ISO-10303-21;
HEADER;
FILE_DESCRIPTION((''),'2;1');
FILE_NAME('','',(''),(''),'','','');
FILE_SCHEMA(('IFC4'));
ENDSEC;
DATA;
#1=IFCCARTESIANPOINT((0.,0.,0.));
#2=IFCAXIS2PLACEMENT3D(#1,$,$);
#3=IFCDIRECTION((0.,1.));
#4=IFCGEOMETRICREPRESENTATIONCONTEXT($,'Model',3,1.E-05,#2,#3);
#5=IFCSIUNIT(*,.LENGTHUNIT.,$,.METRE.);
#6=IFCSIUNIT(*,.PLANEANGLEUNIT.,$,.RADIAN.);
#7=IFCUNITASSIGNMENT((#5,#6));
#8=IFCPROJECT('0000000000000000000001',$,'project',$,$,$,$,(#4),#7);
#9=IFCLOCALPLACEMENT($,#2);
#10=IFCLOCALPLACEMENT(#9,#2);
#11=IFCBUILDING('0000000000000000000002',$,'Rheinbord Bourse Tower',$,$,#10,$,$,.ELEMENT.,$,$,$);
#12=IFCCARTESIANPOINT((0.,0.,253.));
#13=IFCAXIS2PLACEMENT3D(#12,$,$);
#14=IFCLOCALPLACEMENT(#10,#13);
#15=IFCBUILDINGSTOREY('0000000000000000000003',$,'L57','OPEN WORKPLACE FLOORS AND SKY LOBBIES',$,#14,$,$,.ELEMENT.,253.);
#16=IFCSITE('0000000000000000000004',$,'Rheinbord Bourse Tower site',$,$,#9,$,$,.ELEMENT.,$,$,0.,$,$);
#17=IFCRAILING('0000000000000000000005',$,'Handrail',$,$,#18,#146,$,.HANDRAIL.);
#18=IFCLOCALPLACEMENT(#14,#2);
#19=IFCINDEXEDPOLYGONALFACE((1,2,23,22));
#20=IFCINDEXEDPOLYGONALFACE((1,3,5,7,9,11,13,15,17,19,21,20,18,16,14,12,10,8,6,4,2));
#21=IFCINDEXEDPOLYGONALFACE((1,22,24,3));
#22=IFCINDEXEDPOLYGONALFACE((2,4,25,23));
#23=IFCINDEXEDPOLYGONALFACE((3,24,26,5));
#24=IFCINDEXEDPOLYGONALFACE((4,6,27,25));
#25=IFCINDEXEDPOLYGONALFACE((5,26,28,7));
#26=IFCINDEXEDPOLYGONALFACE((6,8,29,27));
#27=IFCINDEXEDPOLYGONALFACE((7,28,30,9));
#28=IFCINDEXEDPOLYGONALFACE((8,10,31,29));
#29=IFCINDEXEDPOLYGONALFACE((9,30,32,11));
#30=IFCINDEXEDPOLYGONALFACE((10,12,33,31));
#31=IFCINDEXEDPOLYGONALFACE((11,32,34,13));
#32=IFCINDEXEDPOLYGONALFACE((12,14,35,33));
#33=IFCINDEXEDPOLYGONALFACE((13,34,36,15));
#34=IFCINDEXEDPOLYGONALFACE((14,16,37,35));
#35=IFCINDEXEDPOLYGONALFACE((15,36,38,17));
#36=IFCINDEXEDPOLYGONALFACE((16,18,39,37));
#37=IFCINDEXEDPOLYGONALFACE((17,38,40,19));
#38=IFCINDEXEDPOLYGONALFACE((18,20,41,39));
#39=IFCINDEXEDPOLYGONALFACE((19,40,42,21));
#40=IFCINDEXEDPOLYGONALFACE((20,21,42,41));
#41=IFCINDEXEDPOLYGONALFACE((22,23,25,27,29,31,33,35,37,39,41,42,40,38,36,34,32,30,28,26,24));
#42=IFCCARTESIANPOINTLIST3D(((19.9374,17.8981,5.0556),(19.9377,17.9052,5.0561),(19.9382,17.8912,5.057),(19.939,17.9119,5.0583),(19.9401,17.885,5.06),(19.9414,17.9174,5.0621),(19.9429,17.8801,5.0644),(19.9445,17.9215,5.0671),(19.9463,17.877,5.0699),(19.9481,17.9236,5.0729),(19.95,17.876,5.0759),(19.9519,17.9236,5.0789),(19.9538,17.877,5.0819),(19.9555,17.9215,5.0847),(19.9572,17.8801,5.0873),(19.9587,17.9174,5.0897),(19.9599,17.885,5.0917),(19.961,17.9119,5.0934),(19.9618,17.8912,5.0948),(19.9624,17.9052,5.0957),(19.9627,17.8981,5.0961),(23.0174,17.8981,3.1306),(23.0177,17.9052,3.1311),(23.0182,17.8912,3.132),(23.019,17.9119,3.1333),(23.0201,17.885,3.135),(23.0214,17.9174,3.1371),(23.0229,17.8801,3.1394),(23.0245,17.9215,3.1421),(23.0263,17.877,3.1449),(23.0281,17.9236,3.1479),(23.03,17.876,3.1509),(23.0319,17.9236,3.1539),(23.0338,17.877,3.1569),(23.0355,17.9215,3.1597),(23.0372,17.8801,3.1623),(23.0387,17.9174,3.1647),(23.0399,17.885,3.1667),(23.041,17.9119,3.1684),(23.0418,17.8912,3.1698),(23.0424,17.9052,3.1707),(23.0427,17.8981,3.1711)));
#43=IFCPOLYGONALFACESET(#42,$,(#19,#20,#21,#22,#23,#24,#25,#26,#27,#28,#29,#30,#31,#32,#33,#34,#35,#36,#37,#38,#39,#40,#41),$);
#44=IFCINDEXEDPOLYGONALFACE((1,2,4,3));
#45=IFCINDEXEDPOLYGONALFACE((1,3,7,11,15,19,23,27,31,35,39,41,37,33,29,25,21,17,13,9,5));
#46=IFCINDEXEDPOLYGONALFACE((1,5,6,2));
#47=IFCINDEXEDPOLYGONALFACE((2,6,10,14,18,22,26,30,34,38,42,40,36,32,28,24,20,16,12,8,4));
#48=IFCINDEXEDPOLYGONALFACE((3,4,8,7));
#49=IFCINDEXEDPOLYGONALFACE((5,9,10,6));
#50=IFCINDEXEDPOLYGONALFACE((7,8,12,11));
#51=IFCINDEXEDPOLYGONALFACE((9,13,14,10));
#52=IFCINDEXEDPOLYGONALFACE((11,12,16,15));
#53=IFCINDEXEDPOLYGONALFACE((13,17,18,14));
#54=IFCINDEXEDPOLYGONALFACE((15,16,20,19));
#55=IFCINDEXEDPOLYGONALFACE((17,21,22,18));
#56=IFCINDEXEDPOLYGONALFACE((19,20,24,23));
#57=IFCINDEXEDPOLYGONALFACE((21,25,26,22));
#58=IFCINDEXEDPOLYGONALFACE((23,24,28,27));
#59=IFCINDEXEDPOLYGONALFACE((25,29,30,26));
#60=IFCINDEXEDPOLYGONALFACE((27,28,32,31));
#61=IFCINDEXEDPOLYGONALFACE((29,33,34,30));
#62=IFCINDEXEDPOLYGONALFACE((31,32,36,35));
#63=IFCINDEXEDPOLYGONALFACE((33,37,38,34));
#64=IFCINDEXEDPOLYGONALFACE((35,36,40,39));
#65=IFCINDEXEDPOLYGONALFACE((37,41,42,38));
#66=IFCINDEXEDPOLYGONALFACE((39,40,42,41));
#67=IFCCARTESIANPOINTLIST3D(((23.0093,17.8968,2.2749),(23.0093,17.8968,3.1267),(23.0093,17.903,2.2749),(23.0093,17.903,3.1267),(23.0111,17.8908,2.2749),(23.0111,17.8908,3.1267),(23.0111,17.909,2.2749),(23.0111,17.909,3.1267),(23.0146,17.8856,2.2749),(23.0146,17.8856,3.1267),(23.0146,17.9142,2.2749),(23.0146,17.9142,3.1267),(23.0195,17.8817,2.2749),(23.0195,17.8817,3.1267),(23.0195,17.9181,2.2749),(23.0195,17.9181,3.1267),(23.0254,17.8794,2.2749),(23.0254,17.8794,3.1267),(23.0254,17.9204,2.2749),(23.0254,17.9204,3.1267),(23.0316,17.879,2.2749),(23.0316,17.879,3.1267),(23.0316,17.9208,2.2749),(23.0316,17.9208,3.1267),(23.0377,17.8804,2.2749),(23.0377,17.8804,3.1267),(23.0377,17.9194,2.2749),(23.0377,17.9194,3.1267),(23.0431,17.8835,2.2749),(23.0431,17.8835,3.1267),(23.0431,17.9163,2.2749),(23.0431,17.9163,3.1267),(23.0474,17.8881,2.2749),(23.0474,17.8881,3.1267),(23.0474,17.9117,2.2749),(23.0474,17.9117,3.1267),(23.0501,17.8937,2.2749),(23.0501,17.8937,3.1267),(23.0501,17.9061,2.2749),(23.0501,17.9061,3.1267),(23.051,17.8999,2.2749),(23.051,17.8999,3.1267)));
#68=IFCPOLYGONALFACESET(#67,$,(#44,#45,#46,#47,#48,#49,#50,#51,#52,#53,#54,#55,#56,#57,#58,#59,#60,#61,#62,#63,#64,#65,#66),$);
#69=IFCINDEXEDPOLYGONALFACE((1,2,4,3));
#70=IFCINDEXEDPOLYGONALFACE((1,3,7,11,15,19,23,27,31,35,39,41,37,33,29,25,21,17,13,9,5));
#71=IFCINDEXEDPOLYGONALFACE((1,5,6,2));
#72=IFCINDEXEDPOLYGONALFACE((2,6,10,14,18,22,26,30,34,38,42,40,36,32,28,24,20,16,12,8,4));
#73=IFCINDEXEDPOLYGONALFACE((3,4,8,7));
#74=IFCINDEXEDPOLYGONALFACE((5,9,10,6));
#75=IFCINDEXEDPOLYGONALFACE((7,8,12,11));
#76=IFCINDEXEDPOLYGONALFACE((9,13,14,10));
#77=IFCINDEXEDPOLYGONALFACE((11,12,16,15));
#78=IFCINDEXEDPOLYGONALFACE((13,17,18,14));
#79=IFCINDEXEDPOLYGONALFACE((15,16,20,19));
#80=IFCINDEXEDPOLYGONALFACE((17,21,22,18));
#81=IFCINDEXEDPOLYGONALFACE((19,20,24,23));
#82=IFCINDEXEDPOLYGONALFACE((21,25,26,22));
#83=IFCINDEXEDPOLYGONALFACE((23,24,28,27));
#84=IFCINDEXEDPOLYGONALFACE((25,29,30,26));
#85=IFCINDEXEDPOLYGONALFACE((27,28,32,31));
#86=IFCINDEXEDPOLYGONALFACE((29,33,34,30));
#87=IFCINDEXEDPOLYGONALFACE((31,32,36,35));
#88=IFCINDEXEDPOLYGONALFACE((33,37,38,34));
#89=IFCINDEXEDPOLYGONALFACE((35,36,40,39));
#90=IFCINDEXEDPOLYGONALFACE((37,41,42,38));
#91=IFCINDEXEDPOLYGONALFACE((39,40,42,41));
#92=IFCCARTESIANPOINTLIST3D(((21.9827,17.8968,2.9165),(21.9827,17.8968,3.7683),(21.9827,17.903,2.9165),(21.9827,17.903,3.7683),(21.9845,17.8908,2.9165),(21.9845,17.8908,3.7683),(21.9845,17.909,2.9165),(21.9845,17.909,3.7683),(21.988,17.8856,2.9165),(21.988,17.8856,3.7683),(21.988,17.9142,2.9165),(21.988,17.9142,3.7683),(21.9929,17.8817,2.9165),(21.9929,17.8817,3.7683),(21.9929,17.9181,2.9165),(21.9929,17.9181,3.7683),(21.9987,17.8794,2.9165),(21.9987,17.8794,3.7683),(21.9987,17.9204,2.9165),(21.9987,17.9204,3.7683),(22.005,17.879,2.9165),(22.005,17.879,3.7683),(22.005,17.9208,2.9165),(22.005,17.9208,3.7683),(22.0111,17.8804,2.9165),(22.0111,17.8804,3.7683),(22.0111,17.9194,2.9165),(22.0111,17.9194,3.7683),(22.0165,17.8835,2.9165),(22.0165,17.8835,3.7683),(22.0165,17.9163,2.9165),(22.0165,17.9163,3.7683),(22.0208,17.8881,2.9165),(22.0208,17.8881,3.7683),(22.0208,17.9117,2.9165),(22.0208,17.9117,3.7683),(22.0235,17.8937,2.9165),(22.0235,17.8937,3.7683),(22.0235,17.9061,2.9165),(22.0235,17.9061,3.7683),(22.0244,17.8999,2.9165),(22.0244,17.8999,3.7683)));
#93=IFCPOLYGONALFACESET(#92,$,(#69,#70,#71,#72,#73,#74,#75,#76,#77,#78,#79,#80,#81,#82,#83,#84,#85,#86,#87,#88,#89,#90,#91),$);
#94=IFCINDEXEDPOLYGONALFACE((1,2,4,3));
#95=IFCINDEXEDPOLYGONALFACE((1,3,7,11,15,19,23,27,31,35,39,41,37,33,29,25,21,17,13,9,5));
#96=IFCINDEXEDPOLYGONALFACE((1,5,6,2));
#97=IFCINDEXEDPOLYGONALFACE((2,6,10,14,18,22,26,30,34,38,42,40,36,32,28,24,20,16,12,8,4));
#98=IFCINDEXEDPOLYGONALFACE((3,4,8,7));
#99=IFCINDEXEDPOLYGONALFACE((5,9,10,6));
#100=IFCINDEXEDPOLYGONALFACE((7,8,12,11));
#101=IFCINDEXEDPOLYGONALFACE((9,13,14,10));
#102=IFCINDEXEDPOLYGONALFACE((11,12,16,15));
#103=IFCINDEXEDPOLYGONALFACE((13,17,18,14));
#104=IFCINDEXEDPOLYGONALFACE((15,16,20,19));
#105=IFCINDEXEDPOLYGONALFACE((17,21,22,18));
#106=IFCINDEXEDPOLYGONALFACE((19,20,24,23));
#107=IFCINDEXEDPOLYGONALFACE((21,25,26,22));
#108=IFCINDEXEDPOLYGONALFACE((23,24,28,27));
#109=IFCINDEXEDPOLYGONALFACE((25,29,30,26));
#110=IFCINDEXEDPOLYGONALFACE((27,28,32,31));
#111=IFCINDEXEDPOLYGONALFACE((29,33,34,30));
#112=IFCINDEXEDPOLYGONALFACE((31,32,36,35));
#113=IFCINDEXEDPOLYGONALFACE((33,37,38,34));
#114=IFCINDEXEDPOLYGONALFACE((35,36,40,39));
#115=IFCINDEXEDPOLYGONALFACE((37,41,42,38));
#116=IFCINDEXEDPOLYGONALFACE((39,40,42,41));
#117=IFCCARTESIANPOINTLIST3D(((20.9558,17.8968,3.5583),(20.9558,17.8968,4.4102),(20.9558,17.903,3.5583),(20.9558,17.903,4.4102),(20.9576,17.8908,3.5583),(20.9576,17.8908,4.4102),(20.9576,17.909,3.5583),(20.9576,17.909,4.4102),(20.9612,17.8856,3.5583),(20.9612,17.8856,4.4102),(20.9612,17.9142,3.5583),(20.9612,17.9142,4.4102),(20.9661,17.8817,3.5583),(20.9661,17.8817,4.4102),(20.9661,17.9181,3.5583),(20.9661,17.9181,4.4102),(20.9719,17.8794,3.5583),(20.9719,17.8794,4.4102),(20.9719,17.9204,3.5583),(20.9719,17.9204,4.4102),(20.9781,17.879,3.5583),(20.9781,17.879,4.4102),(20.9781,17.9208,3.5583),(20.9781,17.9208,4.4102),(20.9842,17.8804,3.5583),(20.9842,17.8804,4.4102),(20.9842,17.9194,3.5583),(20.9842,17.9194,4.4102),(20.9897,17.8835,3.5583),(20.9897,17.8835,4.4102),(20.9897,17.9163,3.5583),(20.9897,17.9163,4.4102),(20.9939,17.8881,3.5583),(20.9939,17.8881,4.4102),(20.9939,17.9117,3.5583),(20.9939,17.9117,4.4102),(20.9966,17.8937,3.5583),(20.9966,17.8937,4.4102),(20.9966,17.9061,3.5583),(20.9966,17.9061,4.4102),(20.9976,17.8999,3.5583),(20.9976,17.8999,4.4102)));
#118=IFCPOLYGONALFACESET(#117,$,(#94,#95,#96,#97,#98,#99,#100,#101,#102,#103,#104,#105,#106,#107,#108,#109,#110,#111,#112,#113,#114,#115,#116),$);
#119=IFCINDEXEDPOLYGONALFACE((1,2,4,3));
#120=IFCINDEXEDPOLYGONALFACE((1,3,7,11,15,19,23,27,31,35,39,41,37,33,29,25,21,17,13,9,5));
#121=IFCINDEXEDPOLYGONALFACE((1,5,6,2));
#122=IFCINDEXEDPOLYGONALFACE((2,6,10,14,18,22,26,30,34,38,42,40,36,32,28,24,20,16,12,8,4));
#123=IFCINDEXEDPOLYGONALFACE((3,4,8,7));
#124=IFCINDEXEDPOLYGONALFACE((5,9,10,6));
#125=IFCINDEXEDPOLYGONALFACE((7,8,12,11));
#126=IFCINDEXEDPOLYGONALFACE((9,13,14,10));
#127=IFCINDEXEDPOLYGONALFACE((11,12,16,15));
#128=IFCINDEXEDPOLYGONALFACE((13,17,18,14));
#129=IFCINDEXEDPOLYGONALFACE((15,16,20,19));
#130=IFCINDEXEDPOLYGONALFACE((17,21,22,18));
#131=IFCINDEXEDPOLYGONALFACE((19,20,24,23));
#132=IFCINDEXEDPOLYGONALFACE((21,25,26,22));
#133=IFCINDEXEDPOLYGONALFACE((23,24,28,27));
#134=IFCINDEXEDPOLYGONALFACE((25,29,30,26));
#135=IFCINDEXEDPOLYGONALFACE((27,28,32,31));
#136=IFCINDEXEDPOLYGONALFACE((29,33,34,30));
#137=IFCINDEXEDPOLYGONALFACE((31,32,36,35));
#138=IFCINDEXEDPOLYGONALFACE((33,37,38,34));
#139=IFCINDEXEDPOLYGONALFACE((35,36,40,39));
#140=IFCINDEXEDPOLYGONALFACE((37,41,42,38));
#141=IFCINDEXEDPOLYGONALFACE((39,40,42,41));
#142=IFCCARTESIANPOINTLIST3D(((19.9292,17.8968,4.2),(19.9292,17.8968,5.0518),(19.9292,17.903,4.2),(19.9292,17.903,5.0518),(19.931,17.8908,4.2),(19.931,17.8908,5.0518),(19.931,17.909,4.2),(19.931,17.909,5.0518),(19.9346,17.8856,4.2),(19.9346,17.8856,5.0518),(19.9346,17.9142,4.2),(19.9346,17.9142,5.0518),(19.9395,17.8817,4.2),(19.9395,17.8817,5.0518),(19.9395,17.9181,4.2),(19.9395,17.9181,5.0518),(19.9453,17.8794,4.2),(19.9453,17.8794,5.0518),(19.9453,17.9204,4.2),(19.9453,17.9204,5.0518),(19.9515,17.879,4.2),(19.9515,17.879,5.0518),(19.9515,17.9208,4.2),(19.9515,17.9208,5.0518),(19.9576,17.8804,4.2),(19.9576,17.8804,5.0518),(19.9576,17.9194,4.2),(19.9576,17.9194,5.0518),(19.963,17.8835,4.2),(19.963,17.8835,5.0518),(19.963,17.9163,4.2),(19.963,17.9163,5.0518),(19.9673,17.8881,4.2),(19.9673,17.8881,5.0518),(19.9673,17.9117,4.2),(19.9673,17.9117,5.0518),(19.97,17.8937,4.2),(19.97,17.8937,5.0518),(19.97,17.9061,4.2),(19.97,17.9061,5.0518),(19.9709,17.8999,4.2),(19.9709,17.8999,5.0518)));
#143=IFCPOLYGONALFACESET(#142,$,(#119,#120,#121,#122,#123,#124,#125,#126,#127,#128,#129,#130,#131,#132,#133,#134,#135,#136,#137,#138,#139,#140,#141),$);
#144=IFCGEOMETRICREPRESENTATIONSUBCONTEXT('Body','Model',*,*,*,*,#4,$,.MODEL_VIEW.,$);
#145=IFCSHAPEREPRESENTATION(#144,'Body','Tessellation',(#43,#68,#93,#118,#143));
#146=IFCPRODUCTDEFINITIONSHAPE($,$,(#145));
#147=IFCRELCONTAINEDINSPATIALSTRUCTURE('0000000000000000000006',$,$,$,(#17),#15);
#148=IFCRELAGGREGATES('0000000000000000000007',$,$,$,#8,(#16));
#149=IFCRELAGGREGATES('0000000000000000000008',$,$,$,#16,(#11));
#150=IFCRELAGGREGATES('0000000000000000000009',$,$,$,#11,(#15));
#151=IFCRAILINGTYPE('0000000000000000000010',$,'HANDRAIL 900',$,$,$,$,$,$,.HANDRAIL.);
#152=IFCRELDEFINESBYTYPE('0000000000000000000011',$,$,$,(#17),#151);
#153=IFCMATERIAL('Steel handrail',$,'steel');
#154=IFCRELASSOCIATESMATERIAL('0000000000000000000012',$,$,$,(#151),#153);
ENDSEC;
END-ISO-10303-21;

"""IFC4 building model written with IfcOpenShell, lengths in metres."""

from ifc_helpers import new_model, si_unit, direction, frame, origin, origin_2d, place, context, subcontext, project, spatial, circle, extrude, material, type_object, element, save


model = new_model("IFC4")

# Units and contexts
model_context = context("Model", 3, precision=1e-05, world=origin(), true_north=direction((0.0, 1.0)))
body_context = subcontext(model_context, "Body", "Model", "MODEL_VIEW")
ifc_project = project(units=[si_unit("LENGTHUNIT", "METRE"), si_unit("PLANEANGLEUNIT", "RADIAN")], contexts=[model_context])

# Site, building, storey
site_placement = place(None, origin())
site = spatial("IfcSite", under=ifc_project, at=site_placement, Name="Rheinbord Bourse Tower site", CompositionType="ELEMENT", RefElevation=0.0)
building_placement = place(site_placement, origin())
building = spatial("IfcBuilding", under=site, at=building_placement, Name="Rheinbord Bourse Tower", CompositionType="ELEMENT")
storey_placement = place(building_placement, frame((0.0, 0.0, 253.0)))
storey = spatial("IfcBuildingStorey", under=building, at=storey_placement, Name="L57", Description="OPEN WORKPLACE FLOORS AND SKY LOBBIES", CompositionType="ELEMENT", Elevation=253.0)

# Railing
ifc_material_1 = material(Name="Steel handrail", Category="steel")
railing_type = type_object("IfcRailingType", Name="HANDRAIL 900", PredefinedType="HANDRAIL", material=ifc_material_1)
railing_1_placement = place(storey_placement, frame((23.03, 17.8999, 2.2749)))
element("IfcRailing", 1, at=railing_1_placement, inside=storey, type_object=railing_type, Name="Handrail", PredefinedType="HANDRAIL", context=body_context, shape_type="SweptSolid", body=[
    extrude(circle(Radius=0.0239, at=origin_2d()), frame((0.0, 0.0, 0.876), z_axis=(-0.847998, 0.0, 0.529999), x_axis=(0.0, -1.0, 0.0)), (0.0, 0.0, 1.0), 3.6321),
    extrude(circle(Radius=0.021, at=origin_2d()), origin(), (0.0, 0.0, 1.0), 0.8518),
    extrude(circle(Radius=0.021, at=origin_2d()), frame((-1.0266, 0.0, 0.6416)), (0.0, 0.0, 1.0), 0.8518),
    extrude(circle(Radius=0.021, at=origin_2d()), frame((-2.0535, 0.0, 1.2834)), (0.0, 0.0, 1.0), 0.8518),
    extrude(circle(Radius=0.021, at=origin_2d()), frame((-3.0801, 0.0, 1.925)), (0.0, 0.0, 1.0), 0.8518),
])

save(model, "model.ifc")
